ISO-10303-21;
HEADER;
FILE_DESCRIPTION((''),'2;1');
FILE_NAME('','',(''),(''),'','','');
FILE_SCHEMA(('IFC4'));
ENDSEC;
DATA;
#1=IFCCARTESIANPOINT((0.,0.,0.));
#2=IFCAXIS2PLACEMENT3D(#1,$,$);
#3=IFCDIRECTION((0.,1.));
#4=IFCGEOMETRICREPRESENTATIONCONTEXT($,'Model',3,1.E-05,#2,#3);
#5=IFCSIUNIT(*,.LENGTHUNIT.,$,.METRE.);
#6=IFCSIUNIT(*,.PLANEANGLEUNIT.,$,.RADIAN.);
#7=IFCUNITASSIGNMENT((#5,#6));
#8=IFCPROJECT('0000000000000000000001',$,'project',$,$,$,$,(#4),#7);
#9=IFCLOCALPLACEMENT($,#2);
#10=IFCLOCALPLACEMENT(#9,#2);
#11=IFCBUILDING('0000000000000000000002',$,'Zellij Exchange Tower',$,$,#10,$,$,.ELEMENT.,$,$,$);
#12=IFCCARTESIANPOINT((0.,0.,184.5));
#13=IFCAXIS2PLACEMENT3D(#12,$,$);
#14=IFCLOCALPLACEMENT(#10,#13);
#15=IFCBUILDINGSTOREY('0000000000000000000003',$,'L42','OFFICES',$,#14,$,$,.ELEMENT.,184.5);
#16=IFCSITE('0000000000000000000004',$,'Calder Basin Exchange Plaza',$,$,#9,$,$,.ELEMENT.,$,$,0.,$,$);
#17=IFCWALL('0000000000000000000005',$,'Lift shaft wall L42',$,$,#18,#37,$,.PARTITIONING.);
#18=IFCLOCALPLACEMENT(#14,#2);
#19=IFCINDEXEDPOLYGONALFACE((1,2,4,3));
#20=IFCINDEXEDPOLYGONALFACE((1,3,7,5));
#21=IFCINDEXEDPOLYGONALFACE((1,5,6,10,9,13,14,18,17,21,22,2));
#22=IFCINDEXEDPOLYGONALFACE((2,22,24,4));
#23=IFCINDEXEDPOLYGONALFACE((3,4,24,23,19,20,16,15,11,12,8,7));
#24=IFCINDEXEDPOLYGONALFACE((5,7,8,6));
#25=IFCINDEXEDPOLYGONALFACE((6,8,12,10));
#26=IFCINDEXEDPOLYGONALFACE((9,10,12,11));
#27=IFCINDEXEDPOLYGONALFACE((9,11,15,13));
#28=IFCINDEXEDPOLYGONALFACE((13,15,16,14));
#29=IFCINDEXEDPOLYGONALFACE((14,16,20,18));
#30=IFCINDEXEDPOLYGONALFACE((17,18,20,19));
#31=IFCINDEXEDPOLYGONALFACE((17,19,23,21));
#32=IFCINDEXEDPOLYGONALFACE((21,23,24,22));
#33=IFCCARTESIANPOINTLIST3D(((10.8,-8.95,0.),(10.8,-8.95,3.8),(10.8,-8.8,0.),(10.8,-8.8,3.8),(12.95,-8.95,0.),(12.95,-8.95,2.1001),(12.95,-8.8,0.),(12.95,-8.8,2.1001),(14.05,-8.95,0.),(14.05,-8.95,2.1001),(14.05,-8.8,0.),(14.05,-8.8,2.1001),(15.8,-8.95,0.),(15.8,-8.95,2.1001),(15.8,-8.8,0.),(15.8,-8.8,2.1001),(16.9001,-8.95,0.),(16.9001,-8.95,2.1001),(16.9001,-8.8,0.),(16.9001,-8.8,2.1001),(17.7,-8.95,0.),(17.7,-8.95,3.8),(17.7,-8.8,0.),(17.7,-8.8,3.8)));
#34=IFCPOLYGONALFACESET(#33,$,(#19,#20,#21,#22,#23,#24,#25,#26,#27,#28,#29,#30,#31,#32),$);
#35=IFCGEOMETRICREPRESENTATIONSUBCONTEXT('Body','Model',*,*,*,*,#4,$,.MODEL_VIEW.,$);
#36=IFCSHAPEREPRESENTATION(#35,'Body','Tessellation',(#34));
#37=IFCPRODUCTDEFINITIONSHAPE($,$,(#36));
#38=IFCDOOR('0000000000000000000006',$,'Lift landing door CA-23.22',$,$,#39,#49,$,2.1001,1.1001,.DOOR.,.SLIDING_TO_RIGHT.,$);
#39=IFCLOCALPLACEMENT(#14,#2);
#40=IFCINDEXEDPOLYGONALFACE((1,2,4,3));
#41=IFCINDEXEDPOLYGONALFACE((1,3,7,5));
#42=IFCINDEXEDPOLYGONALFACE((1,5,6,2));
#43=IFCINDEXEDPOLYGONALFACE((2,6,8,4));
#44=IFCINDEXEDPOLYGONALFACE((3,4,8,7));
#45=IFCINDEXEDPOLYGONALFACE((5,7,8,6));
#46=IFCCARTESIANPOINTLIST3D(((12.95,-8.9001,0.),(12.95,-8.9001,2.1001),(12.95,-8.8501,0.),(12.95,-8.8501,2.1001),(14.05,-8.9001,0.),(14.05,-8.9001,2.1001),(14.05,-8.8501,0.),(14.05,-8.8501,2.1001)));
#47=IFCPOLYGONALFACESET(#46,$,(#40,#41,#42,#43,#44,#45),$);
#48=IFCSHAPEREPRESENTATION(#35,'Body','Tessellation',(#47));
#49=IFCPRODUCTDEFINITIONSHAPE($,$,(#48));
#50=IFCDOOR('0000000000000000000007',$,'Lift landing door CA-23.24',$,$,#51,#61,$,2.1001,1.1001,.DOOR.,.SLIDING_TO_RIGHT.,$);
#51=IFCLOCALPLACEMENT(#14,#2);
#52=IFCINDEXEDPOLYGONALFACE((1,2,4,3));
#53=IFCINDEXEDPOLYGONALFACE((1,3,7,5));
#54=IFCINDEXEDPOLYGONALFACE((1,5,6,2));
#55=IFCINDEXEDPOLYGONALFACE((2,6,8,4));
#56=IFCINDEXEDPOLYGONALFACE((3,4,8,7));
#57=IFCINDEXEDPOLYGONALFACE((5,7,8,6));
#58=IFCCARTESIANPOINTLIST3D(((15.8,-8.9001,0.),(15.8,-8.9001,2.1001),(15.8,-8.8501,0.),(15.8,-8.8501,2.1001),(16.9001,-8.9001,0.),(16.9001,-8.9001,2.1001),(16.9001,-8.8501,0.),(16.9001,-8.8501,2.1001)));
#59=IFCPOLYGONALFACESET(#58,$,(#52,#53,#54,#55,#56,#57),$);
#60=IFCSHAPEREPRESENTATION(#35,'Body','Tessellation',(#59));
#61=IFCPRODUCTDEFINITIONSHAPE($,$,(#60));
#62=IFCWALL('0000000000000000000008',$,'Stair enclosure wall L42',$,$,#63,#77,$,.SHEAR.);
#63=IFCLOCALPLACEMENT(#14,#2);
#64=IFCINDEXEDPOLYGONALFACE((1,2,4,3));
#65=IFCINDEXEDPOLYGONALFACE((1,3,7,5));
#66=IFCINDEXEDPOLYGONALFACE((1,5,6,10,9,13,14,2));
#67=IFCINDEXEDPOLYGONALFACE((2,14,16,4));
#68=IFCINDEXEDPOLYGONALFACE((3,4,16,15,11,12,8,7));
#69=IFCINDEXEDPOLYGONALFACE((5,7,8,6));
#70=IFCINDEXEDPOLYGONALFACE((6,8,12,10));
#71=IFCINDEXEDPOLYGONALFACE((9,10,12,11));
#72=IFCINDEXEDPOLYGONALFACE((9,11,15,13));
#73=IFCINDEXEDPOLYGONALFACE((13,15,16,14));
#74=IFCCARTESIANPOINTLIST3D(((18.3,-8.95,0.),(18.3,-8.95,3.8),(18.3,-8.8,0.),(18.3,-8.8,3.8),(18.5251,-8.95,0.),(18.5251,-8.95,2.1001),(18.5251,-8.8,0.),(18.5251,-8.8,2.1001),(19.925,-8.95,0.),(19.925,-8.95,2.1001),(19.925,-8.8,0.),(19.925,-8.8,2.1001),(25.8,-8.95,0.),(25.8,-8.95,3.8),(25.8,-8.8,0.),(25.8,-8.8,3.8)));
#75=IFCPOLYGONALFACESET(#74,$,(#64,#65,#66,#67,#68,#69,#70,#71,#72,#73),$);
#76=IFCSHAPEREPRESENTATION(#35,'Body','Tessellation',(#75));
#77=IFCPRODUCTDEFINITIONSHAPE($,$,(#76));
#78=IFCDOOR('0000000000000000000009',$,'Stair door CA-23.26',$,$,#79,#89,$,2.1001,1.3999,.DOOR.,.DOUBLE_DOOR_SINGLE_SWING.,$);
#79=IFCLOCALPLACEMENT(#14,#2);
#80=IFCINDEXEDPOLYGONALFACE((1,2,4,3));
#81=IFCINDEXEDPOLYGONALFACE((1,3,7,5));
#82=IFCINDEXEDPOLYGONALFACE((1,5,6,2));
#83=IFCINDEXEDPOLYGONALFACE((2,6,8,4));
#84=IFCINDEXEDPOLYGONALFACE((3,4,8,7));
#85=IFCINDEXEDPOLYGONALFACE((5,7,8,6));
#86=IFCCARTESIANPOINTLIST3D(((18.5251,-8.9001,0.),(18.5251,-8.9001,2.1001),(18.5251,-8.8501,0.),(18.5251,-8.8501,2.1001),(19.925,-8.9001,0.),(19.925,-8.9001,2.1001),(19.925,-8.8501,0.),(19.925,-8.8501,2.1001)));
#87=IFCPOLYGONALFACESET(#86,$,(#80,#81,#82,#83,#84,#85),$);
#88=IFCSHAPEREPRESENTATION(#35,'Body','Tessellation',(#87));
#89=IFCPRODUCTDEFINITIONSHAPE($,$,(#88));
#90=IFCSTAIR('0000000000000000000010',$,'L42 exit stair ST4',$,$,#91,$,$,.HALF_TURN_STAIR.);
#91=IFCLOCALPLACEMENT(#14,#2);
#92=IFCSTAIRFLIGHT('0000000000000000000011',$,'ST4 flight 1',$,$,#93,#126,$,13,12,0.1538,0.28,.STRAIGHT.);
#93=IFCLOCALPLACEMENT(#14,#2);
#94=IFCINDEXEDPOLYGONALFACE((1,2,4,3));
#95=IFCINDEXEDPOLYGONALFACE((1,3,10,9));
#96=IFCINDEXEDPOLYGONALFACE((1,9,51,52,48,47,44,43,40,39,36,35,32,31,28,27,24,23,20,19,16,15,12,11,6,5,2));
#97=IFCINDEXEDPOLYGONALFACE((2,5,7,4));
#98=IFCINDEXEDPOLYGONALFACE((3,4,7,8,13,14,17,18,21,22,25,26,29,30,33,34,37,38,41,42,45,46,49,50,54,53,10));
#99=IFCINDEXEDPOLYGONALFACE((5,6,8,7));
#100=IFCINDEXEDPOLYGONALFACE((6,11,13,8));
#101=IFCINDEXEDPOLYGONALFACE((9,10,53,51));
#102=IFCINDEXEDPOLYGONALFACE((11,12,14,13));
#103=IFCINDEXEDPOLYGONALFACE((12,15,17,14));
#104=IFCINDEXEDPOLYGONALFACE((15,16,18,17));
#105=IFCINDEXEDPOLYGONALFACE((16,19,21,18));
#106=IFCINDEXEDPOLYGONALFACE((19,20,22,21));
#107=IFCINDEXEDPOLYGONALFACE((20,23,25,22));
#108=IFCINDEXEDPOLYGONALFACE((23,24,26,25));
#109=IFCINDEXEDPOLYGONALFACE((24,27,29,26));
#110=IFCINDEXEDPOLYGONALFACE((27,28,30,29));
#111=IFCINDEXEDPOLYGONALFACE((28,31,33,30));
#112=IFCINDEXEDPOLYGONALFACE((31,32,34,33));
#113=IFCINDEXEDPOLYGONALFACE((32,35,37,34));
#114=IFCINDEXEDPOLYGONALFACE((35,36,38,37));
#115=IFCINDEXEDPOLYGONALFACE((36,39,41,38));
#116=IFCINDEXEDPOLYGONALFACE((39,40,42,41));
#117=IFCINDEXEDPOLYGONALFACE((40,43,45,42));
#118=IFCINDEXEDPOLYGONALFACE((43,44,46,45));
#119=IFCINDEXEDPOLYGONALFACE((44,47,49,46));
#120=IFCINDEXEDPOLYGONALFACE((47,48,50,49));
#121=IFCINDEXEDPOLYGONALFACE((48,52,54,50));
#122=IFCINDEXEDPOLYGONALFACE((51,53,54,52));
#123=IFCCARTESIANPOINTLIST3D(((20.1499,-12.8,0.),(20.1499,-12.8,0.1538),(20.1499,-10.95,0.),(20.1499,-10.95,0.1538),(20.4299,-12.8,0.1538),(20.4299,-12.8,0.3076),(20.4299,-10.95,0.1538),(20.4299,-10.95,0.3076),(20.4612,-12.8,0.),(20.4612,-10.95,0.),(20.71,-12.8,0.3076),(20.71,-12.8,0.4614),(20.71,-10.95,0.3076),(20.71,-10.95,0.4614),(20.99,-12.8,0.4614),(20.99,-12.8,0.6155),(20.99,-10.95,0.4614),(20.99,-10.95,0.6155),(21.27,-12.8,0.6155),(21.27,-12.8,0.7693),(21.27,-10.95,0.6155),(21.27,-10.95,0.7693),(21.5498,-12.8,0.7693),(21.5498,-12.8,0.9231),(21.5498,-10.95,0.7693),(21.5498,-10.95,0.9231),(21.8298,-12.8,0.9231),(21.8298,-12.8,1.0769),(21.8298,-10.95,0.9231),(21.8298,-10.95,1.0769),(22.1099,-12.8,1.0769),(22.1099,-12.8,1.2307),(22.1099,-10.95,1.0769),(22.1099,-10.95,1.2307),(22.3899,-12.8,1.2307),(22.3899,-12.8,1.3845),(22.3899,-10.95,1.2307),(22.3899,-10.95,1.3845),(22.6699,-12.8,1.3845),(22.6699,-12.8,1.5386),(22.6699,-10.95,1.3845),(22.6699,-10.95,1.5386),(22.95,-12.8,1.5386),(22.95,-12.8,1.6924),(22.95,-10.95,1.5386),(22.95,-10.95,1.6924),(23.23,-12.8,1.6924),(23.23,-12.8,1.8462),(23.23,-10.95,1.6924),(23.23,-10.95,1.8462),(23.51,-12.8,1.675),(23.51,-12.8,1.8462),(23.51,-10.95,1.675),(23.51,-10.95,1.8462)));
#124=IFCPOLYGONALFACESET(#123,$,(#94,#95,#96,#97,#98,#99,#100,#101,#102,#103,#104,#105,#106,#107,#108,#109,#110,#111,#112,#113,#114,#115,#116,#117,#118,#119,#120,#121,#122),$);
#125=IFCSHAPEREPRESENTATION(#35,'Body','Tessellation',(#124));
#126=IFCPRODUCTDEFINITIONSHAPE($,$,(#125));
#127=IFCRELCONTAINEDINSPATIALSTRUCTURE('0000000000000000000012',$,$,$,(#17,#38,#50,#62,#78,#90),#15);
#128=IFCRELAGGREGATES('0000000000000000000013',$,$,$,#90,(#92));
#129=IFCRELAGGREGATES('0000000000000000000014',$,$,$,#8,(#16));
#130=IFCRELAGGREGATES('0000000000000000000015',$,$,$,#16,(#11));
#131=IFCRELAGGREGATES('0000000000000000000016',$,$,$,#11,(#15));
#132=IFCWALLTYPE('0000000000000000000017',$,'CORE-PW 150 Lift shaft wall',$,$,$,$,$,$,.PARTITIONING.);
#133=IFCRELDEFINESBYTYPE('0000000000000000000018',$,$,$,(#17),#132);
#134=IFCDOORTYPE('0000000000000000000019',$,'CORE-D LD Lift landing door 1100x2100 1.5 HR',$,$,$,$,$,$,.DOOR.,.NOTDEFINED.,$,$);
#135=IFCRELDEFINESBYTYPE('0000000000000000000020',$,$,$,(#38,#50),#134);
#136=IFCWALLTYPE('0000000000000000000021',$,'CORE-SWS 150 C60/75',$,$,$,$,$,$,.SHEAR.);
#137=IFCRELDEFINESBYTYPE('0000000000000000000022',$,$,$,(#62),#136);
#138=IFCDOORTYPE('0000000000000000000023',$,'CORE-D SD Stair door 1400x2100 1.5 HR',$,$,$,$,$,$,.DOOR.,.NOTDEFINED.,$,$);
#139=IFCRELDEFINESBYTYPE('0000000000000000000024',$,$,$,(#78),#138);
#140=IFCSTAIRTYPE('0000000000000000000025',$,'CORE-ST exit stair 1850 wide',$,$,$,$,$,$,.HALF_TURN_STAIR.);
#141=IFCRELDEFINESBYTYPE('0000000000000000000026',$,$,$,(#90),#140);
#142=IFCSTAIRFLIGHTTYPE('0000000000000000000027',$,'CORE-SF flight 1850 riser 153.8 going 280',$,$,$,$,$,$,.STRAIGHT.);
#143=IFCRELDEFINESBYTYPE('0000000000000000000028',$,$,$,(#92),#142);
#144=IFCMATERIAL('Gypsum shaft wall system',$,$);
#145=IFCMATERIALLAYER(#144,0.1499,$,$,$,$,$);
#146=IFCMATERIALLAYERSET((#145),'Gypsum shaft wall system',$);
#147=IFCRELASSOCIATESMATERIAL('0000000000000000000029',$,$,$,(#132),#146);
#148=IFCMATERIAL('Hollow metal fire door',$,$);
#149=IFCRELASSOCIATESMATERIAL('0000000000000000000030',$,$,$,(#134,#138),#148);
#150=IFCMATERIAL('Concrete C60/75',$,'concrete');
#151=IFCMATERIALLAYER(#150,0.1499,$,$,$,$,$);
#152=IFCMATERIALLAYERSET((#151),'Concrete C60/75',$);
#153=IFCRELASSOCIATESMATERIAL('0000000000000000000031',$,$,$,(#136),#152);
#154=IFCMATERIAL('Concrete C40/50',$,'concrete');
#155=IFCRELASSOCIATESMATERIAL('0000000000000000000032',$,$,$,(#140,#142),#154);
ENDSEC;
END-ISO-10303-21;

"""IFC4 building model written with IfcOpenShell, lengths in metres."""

from ifc_helpers import new_model, si_unit, direction, frame, frame_2d, origin, place, context, subcontext, project, spatial, polyline, rectangle, outline, extrude, material, layer, layer_set, type_object, element, fill, aggregate, save


model = new_model("IFC4")

# Units and contexts
model_context = context("Model", 3, precision=1e-05, world=origin(), true_north=direction((0.0, 1.0)))
body_context = subcontext(model_context, "Body", "Model", "MODEL_VIEW")
ifc_project = project(units=[si_unit("LENGTHUNIT", "METRE"), si_unit("PLANEANGLEUNIT", "RADIAN")], contexts=[model_context])

# Site, building, storey
site_placement = place(None, origin())
site = spatial("IfcSite", under=ifc_project, at=site_placement, Name="Calder Basin Exchange Plaza", CompositionType="ELEMENT", RefElevation=0.0)
building_placement = place(site_placement, origin())
building = spatial("IfcBuilding", under=site, at=building_placement, Name="Zellij Exchange Tower", CompositionType="ELEMENT")
storey_placement = place(building_placement, frame((0.0, 0.0, 184.5)))
storey = spatial("IfcBuildingStorey", under=building, at=storey_placement, Name="L42", Description="OFFICES", CompositionType="ELEMENT", Elevation=184.5)

# Shared definitions
ifc_material_1 = material(Name="Concrete C60/75", Category="concrete")

# Shared definitions
ifc_material_2 = material(Name="Hollow metal fire door")

# Shared definitions
ifc_material_3 = material(Name="Gypsum shaft wall system")
ifc_layer_1 = layer(ifc_material_3, 0.1499)
ifc_layer_set_1 = layer_set([ifc_layer_1], Name="Gypsum shaft wall system")
wall_type_1 = type_object("IfcWallType", Name="CORE-PW 150 Lift shaft wall", PredefinedType="PARTITIONING", material=ifc_layer_set_1)

# Wall, openings, doors
door_type_1 = type_object("IfcDoorType", Name="CORE-D LD Lift landing door 1100x2100 1.5 HR", OperationType="NOTDEFINED", PredefinedType="DOOR", material=ifc_material_2)
wall_1_placement = place(storey_placement, frame((10.8, -8.875, 0.0), z_axis=(0.0, 0.0, 1.0), x_axis=(1.0, 0.0, 0.0)))
wall_1 = element("IfcWall", 1, at=wall_1_placement, inside=storey, type_object=wall_type_1, Name="Lift shaft wall L42", PredefinedType="PARTITIONING", context=body_context, shape_type="SweptSolid", body=[
    extrude(rectangle(XDim=6.8999, YDim=0.1499, at=frame_2d((3.45, 0.0))), origin(), (0.0, 0.0, 1.0), 3.8),
])
opening_1_placement = place(wall_1_placement, frame((2.1499, 0.0, 0.0)))
opening_1 = element("IfcOpeningElement", 2, at=opening_1_placement, cuts=wall_1, PredefinedType="OPENING", context=body_context, shape_type="SweptSolid", body=[
    extrude(rectangle(XDim=1.1001, YDim=2.1001, at=frame_2d((0.55, 1.05))), frame((0.0, 0.0869, 0.0), z_axis=(0.0, -1.0, 0.0), x_axis=(1.0, 0.0, 0.0)), (0.0, 0.0, 1.0), 0.1738),
])
opening_2_placement = place(wall_1_placement, frame((5.0, 0.0, 0.0)))
opening_2 = element("IfcOpeningElement", 3, at=opening_2_placement, cuts=wall_1, PredefinedType="OPENING", context=body_context, shape_type="SweptSolid", body=[
    extrude(rectangle(XDim=1.1001, YDim=2.1001, at=frame_2d((0.55, 1.05))), frame((0.0, 0.0869, 0.0), z_axis=(0.0, -1.0, 0.0), x_axis=(1.0, 0.0, 0.0)), (0.0, 0.0, 1.0), 0.1738),
])
door_1_placement = place(opening_1_placement, origin())
door_1 = element("IfcDoor", 4, at=door_1_placement, inside=storey, type_object=door_type_1, Name="Lift landing door CA-23.22", OperationType="SLIDING_TO_RIGHT", OverallHeight=2.1001, OverallWidth=1.1001, PredefinedType="DOOR", context=body_context, shape_type="SweptSolid", body=[
    extrude(rectangle(XDim=1.1001, YDim=2.1001, at=frame_2d((0.55, 1.05))), frame((0.0, 0.0249, 0.0), z_axis=(0.0, -1.0, 0.0), x_axis=(1.0, 0.0, 0.0)), (0.0, 0.0, 1.0), 0.05),
])
fill(opening_1, door_1)
door_2_placement = place(opening_2_placement, origin())
door_2 = element("IfcDoor", 5, at=door_2_placement, inside=storey, type_object=door_type_1, Name="Lift landing door CA-23.24", OperationType="SLIDING_TO_RIGHT", OverallHeight=2.1001, OverallWidth=1.1001, PredefinedType="DOOR", context=body_context, shape_type="SweptSolid", body=[
    extrude(rectangle(XDim=1.1001, YDim=2.1001, at=frame_2d((0.55, 1.05))), frame((0.0, 0.0249, 0.0), z_axis=(0.0, -1.0, 0.0), x_axis=(1.0, 0.0, 0.0)), (0.0, 0.0, 1.0), 0.05),
])
fill(opening_2, door_2)

# Wall, opening, door
ifc_layer_2 = layer(ifc_material_1, 0.1499)
ifc_layer_set_2 = layer_set([ifc_layer_2], Name="Concrete C60/75")
wall_type_2 = type_object("IfcWallType", Name="CORE-SWS 150 C60/75", PredefinedType="SHEAR", material=ifc_layer_set_2)
wall_2_placement = place(storey_placement, frame((18.3, -8.875, 0.0), z_axis=(0.0, 0.0, 1.0), x_axis=(1.0, 0.0, 0.0)))
wall_2 = element("IfcWall", 6, at=wall_2_placement, inside=storey, type_object=wall_type_2, Name="Stair enclosure wall L42", PredefinedType="SHEAR", context=body_context, shape_type="SweptSolid", body=[
    extrude(rectangle(XDim=7.5, YDim=0.1499, at=frame_2d((3.75, 0.0))), origin(), (0.0, 0.0, 1.0), 3.8),
])
opening_3_placement = place(wall_2_placement, frame((0.2251, 0.0, 0.0)))
opening_3 = element("IfcOpeningElement", 7, at=opening_3_placement, cuts=wall_2, PredefinedType="OPENING", context=body_context, shape_type="SweptSolid", body=[
    extrude(rectangle(XDim=1.3999, YDim=2.1001, at=frame_2d((0.7, 1.05))), frame((0.0, 0.0869, 0.0), z_axis=(0.0, -1.0, 0.0), x_axis=(1.0, 0.0, 0.0)), (0.0, 0.0, 1.0), 0.1738),
])
door_type_2 = type_object("IfcDoorType", Name="CORE-D SD Stair door 1400x2100 1.5 HR", OperationType="NOTDEFINED", PredefinedType="DOOR", material=ifc_material_2)
door_3_placement = place(opening_3_placement, origin())
door_3 = element("IfcDoor", 8, at=door_3_placement, inside=storey, type_object=door_type_2, Name="Stair door CA-23.26", OperationType="DOUBLE_DOOR_SINGLE_SWING", OverallHeight=2.1001, OverallWidth=1.3999, PredefinedType="DOOR", context=body_context, shape_type="SweptSolid", body=[
    extrude(rectangle(XDim=1.3999, YDim=2.1001, at=frame_2d((0.7, 1.05))), frame((0.0, 0.0249, 0.0), z_axis=(0.0, -1.0, 0.0), x_axis=(1.0, 0.0, 0.0)), (0.0, 0.0, 1.0), 0.05),
])
fill(opening_3, door_3)

# Stair, stair flight
ifc_material_4 = material(Name="Concrete C40/50", Category="concrete")
stair_type = type_object("IfcStairType", Name="CORE-ST exit stair 1850 wide", PredefinedType="HALF_TURN_STAIR", material=ifc_material_4)
stair_placement = place(storey_placement, origin())
stair = element("IfcStair", 9, at=stair_placement, inside=storey, type_object=stair_type, Name="L42 exit stair ST4", PredefinedType="HALF_TURN_STAIR")
stair_flight_type = type_object("IfcStairFlightType", Name="CORE-SF flight 1850 riser 153.8 going 280", PredefinedType="STRAIGHT", material=ifc_material_4)
stair_flight_placement = place(storey_placement, frame((20.1499, -11.875, 0.0), z_axis=(0.0, 0.0, 1.0), x_axis=(1.0, 0.0, 0.0)))
stair_flight = element("IfcStairFlight", 10, at=stair_flight_placement, type_object=stair_flight_type, Name="ST4 flight 1", NumberOfRisers=13, NumberOfTreads=12, PredefinedType="STRAIGHT", RiserHeight=0.1538, TreadLength=0.28, context=body_context, shape_type="SweptSolid", body=[
    extrude(outline(polyline([(0.0, 0.0), (0.0, 0.1538), (0.28, 0.1538), (0.28, 0.3076), (0.5601, 0.3076), (0.5601, 0.4614), (0.8401, 0.4614), (0.8401, 0.6155), (1.1201, 0.6155), (1.1201, 0.7693), (1.3999, 0.7693), (1.3999, 0.9231), (1.6799, 0.9231), (1.6799, 1.0769), (1.96, 1.0769), (1.96, 1.2307), (2.24, 1.2307), (2.24, 1.3845), (2.52, 1.3845), (2.52, 1.5386), (2.8, 1.5386), (2.8, 1.6924), (3.0801, 1.6924), (3.0801, 1.8462), (3.3601, 1.8462), (3.3601, 2.0), (3.3601, 1.675), (0.3113, 0.0), (0.0, 0.0)])), frame((0.0, 0.925, 0.0), z_axis=(0.0, -1.0, 0.0), x_axis=(1.0, 0.0, 0.0)), (0.0, 0.0, 1.0), 1.8501),
])
aggregate(stair, [stair_flight])

save(model, "model.ifc")
